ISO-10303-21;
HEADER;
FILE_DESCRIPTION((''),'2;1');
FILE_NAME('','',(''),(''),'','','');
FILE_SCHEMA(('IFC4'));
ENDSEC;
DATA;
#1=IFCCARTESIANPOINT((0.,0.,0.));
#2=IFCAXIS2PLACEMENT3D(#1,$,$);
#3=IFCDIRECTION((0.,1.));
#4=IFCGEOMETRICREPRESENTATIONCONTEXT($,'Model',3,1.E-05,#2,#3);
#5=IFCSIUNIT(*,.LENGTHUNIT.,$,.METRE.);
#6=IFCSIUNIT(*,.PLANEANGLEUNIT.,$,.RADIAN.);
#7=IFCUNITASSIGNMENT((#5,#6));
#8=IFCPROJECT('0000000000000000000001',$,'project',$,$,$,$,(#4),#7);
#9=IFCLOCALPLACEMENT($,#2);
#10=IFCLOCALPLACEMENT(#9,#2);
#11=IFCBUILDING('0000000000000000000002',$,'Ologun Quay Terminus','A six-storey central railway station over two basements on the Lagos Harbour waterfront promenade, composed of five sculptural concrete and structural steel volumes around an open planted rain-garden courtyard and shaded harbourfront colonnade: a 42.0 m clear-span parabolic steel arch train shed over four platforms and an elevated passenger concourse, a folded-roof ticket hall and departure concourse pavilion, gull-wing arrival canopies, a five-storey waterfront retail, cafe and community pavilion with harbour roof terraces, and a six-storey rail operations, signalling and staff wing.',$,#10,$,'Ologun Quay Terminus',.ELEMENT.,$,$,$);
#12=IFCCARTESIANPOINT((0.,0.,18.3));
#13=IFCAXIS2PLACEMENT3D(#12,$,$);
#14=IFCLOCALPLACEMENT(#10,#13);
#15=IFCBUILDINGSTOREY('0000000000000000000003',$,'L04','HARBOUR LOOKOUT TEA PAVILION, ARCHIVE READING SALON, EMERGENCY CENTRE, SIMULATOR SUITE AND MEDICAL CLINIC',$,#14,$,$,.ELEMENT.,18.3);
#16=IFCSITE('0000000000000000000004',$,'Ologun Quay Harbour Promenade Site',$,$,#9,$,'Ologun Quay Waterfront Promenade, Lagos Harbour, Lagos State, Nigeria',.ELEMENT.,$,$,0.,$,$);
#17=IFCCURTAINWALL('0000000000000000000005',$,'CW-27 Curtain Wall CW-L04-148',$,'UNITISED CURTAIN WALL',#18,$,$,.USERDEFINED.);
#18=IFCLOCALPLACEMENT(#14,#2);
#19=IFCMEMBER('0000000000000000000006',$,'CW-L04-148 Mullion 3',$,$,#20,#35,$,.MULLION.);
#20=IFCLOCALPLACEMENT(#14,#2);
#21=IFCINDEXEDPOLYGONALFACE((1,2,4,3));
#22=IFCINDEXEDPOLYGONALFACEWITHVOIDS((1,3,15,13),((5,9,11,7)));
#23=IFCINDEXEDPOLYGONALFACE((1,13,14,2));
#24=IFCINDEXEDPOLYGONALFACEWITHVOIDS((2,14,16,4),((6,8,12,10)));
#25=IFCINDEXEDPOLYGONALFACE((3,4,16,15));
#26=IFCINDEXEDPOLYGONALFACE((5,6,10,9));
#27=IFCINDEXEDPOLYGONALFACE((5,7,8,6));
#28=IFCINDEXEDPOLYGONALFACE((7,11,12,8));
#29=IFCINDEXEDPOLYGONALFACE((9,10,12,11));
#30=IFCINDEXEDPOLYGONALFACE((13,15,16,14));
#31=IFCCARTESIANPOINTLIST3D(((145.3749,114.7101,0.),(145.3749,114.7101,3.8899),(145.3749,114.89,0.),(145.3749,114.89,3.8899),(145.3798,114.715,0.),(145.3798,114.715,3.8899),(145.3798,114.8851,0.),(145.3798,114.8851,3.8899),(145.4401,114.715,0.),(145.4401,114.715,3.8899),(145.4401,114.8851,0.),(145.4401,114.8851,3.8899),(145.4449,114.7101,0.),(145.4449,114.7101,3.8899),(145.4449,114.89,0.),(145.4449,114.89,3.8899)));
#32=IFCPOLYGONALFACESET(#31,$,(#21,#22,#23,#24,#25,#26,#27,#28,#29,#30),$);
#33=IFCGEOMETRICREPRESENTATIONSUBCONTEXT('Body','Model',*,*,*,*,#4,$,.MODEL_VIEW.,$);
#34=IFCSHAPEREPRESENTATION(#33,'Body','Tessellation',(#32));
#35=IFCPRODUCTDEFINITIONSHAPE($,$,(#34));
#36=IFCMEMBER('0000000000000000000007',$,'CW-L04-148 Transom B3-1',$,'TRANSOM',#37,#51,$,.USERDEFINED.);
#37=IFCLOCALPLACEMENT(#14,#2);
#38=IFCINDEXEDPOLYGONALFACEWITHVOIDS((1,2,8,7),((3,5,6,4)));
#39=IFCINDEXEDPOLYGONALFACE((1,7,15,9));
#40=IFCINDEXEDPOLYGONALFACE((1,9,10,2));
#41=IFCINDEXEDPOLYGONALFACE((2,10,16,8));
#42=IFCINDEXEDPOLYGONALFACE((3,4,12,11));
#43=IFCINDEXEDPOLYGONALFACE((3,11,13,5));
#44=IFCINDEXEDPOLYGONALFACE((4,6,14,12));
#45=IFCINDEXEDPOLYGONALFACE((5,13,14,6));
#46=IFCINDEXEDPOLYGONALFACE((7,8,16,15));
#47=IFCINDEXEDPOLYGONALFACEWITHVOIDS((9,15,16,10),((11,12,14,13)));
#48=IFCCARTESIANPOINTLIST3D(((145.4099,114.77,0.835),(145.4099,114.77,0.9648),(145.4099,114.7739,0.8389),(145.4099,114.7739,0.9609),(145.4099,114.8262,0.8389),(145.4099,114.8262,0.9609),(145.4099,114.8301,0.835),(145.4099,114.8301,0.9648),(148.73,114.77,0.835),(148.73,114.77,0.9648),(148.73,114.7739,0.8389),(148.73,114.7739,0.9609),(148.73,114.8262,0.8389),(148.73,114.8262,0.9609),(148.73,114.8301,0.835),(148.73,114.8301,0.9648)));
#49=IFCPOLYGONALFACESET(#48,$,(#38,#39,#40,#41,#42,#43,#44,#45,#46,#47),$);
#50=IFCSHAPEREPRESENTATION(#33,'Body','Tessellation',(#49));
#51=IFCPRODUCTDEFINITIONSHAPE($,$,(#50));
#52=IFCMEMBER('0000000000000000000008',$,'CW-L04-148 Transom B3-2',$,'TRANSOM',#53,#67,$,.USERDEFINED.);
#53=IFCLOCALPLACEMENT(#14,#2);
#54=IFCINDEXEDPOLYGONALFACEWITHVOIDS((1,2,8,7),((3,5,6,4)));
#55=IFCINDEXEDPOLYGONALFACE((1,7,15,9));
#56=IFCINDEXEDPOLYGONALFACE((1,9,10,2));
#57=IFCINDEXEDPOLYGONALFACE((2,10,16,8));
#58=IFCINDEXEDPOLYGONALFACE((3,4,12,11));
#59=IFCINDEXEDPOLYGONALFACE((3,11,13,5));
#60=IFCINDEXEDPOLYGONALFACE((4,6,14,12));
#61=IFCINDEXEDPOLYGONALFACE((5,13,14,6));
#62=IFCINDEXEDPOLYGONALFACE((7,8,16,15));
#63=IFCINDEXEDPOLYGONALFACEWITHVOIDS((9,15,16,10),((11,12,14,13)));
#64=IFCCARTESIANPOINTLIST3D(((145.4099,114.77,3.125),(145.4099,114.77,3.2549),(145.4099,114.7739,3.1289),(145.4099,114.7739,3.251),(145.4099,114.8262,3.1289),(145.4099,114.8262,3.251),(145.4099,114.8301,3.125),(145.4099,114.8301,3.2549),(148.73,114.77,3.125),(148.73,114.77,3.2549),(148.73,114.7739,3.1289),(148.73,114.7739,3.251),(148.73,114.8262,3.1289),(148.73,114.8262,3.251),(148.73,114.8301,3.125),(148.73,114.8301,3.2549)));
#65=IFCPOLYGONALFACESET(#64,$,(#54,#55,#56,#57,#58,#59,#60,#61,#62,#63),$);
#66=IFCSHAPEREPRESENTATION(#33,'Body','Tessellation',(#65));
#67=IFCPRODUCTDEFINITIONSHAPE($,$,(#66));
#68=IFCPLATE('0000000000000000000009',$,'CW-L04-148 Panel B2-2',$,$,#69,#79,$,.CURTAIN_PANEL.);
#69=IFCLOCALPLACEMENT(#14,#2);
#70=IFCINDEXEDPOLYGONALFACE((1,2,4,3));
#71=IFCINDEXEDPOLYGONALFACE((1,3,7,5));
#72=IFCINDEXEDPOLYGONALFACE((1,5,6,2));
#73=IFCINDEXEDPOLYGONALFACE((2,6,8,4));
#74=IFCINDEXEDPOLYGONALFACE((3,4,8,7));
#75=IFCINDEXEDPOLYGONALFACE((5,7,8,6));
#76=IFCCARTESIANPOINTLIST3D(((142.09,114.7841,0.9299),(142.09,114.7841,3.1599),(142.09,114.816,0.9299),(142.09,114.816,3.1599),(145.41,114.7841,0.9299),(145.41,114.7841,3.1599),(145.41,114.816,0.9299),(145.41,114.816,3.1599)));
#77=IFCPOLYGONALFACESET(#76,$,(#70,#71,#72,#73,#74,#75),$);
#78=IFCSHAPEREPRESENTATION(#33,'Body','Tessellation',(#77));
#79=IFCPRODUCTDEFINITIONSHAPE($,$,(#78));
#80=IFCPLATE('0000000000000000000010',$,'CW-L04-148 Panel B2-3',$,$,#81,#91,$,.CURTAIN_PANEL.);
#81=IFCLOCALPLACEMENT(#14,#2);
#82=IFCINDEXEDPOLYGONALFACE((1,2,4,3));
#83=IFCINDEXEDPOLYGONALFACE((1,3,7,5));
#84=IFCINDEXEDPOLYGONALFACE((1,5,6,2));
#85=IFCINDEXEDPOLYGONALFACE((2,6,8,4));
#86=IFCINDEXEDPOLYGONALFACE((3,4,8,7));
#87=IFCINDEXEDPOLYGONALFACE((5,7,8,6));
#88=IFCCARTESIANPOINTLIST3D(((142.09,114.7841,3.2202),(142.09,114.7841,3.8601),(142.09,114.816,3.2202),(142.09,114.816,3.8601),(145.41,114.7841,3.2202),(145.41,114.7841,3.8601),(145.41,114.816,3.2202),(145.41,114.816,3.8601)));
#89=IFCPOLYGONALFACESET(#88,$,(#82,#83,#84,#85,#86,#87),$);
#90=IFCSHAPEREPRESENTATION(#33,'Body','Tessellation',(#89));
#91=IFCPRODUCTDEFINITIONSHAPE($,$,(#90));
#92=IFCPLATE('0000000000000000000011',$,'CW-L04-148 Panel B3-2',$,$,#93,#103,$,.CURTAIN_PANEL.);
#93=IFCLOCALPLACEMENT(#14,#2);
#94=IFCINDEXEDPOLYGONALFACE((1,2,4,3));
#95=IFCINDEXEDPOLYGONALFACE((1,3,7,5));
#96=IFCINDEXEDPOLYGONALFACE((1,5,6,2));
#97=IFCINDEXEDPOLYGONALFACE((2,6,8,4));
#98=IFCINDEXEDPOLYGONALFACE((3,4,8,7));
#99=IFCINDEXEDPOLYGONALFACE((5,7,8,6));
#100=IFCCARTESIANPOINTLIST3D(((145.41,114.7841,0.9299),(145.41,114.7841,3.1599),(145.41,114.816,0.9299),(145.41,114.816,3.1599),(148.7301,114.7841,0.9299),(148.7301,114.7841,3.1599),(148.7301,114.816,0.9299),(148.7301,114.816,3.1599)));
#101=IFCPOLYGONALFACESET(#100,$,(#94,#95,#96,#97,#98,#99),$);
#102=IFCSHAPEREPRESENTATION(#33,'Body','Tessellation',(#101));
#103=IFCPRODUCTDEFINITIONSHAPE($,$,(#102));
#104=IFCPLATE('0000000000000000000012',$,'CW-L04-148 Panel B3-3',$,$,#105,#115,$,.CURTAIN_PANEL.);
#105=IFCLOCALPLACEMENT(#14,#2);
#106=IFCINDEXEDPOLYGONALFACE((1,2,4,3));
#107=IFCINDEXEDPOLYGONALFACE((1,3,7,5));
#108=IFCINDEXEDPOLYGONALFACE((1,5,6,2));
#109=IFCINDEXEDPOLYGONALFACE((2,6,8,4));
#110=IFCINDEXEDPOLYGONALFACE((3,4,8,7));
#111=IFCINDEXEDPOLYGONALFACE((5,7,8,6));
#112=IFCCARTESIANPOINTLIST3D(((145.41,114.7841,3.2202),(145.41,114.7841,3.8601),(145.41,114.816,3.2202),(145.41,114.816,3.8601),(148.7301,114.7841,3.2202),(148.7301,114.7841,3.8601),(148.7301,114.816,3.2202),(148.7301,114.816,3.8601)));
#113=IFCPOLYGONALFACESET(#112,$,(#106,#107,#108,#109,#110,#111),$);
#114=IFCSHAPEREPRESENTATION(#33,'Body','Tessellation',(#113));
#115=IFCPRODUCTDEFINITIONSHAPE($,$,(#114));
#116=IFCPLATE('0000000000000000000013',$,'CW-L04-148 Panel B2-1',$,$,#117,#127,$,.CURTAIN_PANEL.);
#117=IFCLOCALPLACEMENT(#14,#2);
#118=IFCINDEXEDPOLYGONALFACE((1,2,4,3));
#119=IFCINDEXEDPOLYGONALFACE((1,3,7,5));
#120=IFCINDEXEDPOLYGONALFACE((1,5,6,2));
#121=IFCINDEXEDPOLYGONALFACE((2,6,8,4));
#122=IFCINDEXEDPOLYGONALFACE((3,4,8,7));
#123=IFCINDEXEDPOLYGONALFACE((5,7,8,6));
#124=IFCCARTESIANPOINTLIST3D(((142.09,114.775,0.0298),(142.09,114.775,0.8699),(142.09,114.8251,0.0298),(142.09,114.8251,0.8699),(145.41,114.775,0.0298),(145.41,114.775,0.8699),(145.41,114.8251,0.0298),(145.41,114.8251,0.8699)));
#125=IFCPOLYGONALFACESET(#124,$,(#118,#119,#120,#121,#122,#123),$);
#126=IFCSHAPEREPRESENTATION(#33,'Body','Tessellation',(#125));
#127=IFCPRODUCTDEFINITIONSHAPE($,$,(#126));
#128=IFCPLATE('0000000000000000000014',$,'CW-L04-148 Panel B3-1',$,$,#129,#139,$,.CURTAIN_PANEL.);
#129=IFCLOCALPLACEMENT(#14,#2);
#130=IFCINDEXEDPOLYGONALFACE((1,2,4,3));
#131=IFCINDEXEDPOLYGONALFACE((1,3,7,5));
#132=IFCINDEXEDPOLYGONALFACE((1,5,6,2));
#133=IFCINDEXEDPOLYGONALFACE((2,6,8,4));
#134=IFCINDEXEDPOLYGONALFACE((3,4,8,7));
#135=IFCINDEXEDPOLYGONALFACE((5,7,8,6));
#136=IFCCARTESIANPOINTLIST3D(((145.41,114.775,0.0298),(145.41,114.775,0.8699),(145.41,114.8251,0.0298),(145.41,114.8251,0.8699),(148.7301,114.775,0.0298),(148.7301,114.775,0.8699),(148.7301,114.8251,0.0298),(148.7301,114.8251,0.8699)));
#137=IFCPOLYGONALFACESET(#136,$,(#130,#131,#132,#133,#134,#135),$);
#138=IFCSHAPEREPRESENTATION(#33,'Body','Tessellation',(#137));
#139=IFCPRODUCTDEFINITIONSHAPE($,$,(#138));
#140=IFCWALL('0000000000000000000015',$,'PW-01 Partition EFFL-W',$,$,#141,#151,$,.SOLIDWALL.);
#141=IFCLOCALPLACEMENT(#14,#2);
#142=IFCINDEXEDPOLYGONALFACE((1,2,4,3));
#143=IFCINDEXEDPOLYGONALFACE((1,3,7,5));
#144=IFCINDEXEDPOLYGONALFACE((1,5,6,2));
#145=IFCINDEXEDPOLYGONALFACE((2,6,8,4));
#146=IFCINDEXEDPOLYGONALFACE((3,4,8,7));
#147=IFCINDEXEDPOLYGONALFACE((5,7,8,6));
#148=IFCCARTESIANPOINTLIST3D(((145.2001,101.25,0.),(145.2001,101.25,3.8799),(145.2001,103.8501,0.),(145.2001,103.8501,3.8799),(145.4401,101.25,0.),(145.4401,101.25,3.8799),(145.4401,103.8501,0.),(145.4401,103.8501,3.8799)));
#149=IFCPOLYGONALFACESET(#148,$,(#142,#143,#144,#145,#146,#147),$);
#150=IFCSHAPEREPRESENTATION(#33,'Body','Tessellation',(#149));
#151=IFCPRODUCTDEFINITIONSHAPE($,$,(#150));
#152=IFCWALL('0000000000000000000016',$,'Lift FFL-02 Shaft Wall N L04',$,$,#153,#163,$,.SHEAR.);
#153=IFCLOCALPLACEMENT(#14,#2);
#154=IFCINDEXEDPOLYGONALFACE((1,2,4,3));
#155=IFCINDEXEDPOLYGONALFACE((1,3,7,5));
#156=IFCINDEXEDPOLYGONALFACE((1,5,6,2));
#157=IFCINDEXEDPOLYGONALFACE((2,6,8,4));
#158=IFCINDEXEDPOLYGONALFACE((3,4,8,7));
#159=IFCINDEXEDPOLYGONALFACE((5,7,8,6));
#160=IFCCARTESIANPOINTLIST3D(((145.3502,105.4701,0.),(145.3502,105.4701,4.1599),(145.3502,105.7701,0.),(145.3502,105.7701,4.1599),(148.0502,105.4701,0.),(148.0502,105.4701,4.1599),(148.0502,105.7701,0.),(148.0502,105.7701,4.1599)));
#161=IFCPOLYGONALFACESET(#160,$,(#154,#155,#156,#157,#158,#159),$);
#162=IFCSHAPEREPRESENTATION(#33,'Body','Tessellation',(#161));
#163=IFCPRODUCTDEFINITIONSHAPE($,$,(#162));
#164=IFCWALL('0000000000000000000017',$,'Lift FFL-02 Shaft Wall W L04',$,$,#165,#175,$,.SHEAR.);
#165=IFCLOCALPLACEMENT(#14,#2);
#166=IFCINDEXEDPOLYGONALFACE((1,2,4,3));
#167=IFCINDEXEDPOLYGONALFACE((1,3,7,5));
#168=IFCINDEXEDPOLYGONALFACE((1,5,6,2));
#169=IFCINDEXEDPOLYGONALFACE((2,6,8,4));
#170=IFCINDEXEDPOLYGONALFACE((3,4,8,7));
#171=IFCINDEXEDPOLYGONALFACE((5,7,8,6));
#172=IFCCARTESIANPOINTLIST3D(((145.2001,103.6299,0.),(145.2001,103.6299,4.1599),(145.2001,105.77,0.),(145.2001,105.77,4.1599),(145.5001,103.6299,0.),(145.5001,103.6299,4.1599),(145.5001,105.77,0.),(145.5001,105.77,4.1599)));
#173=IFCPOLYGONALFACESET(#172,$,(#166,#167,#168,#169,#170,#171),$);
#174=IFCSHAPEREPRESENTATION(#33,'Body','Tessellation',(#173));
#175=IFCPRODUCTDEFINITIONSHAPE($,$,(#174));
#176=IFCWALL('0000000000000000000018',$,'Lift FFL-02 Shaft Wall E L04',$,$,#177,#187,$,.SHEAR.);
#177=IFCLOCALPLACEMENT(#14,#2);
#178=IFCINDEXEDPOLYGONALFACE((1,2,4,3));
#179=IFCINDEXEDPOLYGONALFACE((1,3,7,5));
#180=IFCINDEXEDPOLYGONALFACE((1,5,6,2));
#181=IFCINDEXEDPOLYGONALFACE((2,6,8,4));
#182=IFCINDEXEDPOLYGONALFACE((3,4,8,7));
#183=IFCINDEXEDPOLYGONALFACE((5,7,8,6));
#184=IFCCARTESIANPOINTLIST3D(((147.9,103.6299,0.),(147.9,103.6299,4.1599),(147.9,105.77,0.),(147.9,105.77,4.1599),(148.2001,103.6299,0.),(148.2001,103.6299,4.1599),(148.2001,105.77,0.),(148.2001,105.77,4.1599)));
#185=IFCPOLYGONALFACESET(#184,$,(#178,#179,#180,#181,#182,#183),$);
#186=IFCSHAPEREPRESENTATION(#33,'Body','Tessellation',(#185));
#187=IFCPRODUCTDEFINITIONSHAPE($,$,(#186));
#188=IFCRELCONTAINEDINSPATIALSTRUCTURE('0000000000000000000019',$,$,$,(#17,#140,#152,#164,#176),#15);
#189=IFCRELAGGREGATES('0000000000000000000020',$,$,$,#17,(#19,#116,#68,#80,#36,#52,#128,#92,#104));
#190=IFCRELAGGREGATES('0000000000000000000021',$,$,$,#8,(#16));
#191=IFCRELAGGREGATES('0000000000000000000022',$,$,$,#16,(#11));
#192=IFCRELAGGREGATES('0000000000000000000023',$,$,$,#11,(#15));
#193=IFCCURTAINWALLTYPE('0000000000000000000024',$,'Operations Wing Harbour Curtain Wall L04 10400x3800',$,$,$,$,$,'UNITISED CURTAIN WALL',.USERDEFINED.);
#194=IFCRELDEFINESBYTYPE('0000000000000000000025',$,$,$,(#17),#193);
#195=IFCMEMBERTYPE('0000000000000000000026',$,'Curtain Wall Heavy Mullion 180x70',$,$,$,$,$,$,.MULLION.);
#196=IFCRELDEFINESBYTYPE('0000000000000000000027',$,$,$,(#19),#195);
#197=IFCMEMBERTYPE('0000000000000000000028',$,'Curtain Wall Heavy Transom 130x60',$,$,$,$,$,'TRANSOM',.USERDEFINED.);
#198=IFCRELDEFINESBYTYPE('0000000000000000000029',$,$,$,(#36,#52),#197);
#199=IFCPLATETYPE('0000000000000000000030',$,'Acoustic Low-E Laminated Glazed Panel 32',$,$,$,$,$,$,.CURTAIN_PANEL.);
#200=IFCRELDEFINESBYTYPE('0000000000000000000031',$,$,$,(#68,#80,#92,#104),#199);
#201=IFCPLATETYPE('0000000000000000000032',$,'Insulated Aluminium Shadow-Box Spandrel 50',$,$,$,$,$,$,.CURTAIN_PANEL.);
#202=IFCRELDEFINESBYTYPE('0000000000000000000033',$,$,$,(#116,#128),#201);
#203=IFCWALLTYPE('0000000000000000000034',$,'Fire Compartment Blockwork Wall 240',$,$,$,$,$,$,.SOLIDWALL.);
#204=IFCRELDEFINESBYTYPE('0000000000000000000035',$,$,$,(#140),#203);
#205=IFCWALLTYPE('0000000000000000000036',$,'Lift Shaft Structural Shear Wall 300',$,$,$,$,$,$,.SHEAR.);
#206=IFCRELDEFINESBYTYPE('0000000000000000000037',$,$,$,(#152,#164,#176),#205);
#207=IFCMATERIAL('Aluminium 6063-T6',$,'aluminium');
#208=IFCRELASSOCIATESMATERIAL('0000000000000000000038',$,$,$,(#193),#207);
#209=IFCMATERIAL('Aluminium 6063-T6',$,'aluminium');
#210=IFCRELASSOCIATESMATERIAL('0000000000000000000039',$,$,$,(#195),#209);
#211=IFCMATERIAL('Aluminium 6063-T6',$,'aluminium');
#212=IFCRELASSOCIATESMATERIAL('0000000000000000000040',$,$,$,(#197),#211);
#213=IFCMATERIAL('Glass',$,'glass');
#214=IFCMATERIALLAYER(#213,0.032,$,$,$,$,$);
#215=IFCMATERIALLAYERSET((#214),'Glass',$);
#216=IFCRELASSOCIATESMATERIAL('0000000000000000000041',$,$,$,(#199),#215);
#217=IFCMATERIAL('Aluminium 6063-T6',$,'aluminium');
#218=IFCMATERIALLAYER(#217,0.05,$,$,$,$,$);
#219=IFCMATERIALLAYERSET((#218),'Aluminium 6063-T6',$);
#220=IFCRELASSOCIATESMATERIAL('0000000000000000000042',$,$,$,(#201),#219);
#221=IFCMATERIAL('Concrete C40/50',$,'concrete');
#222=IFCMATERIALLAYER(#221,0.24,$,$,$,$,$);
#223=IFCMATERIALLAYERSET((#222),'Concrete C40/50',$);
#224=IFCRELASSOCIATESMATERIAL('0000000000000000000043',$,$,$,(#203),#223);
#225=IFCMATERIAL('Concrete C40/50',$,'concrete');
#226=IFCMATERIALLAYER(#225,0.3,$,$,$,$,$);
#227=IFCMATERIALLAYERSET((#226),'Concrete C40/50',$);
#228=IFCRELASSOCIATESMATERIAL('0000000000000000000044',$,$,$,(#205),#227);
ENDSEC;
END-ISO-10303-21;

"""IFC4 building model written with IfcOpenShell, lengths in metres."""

from ifc_helpers import new_model, si_unit, direction, frame, frame_2d, origin, origin_2d, place, context, subcontext, project, spatial, rectangle, hollow_rectangle, extrude, material, layer, layer_set, material_profile, profile_set, type_object, element, aggregate, save


model = new_model("IFC4")

# Units and contexts
model_context = context("Model", 3, precision=1e-05, world=origin(), true_north=direction((0.0, 1.0)))
body_context = subcontext(model_context, "Body", "Model", "MODEL_VIEW")
ifc_project = project(units=[si_unit("LENGTHUNIT", "METRE"), si_unit("PLANEANGLEUNIT", "RADIAN")], contexts=[model_context])

# Site, building, storey
site_placement = place(None, origin())
site = spatial("IfcSite", under=ifc_project, at=site_placement, Name="Ologun Quay Harbour Promenade Site", LongName="Ologun Quay Waterfront Promenade, Lagos Harbour, Lagos State, Nigeria", CompositionType="ELEMENT", RefElevation=0.0)
building_placement = place(site_placement, origin())
building = spatial("IfcBuilding", under=site, at=building_placement, Name="Ologun Quay Terminus", Description="A six-storey central railway station over two basements on the Lagos Harbour waterfront promenade, composed of five sculptural concrete and structural steel volumes around an open planted rain-garden courtyard and shaded harbourfront colonnade: a 42.0 m clear-span parabolic steel arch train shed over four platforms and an elevated passenger concourse, a folded-roof ticket hall and departure concourse pavilion, gull-wing arrival canopies, a five-storey waterfront retail, cafe and community pavilion with harbour roof terraces, and a six-storey rail operations, signalling and staff wing.", LongName="Ologun Quay Terminus", CompositionType="ELEMENT")
storey_placement = place(building_placement, frame((0.0, 0.0, 18.3)))
storey = spatial("IfcBuildingStorey", under=building, at=storey_placement, Name="L04", Description="HARBOUR LOOKOUT TEA PAVILION, ARCHIVE READING SALON, EMERGENCY CENTRE, SIMULATOR SUITE AND MEDICAL CLINIC", CompositionType="ELEMENT", Elevation=18.3)

# Curtain wall, members, plates
ifc_material_1 = material(Name="Aluminium 6063-T6", Category="aluminium")
curtain_wall_type = type_object("IfcCurtainWallType", Name="Operations Wing Harbour Curtain Wall L04 10400x3800", ElementType="UNITISED CURTAIN WALL", PredefinedType="USERDEFINED", material=ifc_material_1)
curtain_wall_placement = place(storey_placement, origin())
curtain_wall = element("IfcCurtainWall", 1, at=curtain_wall_placement, inside=storey, type_object=curtain_wall_type, Name="CW-27 Curtain Wall CW-L04-148", ObjectType="UNITISED CURTAIN WALL", PredefinedType="USERDEFINED")
ifc_material_2 = material(Name="Aluminium 6063-T6", Category="aluminium")
ifc_material_profile_1 = material_profile(ifc_material_2, hollow_rectangle(XDim=0.0701, YDim=0.1799, WallThickness=0.0049, at=origin_2d()), Name="ALU 180x70x5")
ifc_profile_set_1 = profile_set([ifc_material_profile_1], Name="Aluminium 6063-T6")
member_type_1 = type_object("IfcMemberType", Name="Curtain Wall Heavy Mullion 180x70", PredefinedType="MULLION", material=ifc_profile_set_1)
member_1_placement = place(storey_placement, frame((145.4099, 114.8, 0.0), z_axis=(0.0, 0.0, 1.0), x_axis=(1.0, 0.0, 0.0)))
member_1 = element("IfcMember", 2, at=member_1_placement, type_object=member_type_1, Name="CW-L04-148 Mullion 3", PredefinedType="MULLION", context=body_context, shape_type="SweptSolid", body=[
    extrude(hollow_rectangle(XDim=0.0701, YDim=0.1799, WallThickness=0.0049, at=origin_2d()), origin(), (0.0, 0.0, 1.0), 3.8899),
])
ifc_material_3 = material(Name="Aluminium 6063-T6", Category="aluminium")
ifc_material_profile_2 = material_profile(ifc_material_3, hollow_rectangle(XDim=0.0601, YDim=0.1299, WallThickness=0.0039, at=origin_2d()), Name="ALU 130x60x4")
ifc_profile_set_2 = profile_set([ifc_material_profile_2], Name="Aluminium 6063-T6")
member_type_2 = type_object("IfcMemberType", Name="Curtain Wall Heavy Transom 130x60", ElementType="TRANSOM", PredefinedType="USERDEFINED", material=ifc_profile_set_2)
member_2_placement = place(storey_placement, frame((145.4099, 114.8, 0.8999), z_axis=(1.0, 0.0, 0.0), x_axis=(0.0, 1.0, 0.0)))
member_2 = element("IfcMember", 3, at=member_2_placement, type_object=member_type_2, Name="CW-L04-148 Transom B3-1", ObjectType="TRANSOM", PredefinedType="USERDEFINED", context=body_context, shape_type="SweptSolid", body=[
    extrude(hollow_rectangle(XDim=0.0601, YDim=0.1299, WallThickness=0.0039, at=origin_2d()), origin(), (0.0, 0.0, 1.0), 3.3201),
])
member_3_placement = place(storey_placement, frame((145.4099, 114.8, 3.1899), z_axis=(1.0, 0.0, 0.0), x_axis=(0.0, 1.0, 0.0)))
member_3 = element("IfcMember", 4, at=member_3_placement, type_object=member_type_2, Name="CW-L04-148 Transom B3-2", ObjectType="TRANSOM", PredefinedType="USERDEFINED", context=body_context, shape_type="SweptSolid", body=[
    extrude(hollow_rectangle(XDim=0.0601, YDim=0.1299, WallThickness=0.0039, at=origin_2d()), origin(), (0.0, 0.0, 1.0), 3.3201),
])
ifc_material_4 = material(Name="Glass", Category="glass")
ifc_layer_1 = layer(ifc_material_4, 0.032)
ifc_layer_set_1 = layer_set([ifc_layer_1], Name="Glass")
plate_type_1 = type_object("IfcPlateType", Name="Acoustic Low-E Laminated Glazed Panel 32", PredefinedType="CURTAIN_PANEL", material=ifc_layer_set_1)
plate_1_placement = place(storey_placement, frame((143.75, 114.8, 0.9299), z_axis=(0.0, 0.0, 1.0), x_axis=(1.0, 0.0, 0.0)))
plate_1 = element("IfcPlate", 5, at=plate_1_placement, type_object=plate_type_1, Name="CW-L04-148 Panel B2-2", PredefinedType="CURTAIN_PANEL", context=body_context, shape_type="SweptSolid", body=[
    extrude(rectangle(XDim=3.3201, YDim=0.032, at=origin_2d()), origin(), (0.0, 0.0, 1.0), 2.23),
])
plate_2_placement = place(storey_placement, frame((143.75, 114.8, 3.2202), z_axis=(0.0, 0.0, 1.0), x_axis=(1.0, 0.0, 0.0)))
plate_2 = element("IfcPlate", 6, at=plate_2_placement, type_object=plate_type_1, Name="CW-L04-148 Panel B2-3", PredefinedType="CURTAIN_PANEL", context=body_context, shape_type="SweptSolid", body=[
    extrude(rectangle(XDim=3.3201, YDim=0.032, at=origin_2d()), origin(), (0.0, 0.0, 1.0), 0.6399),
])
plate_3_placement = place(storey_placement, frame((147.0701, 114.8, 0.9299), z_axis=(0.0, 0.0, 1.0), x_axis=(1.0, 0.0, 0.0)))
plate_3 = element("IfcPlate", 7, at=plate_3_placement, type_object=plate_type_1, Name="CW-L04-148 Panel B3-2", PredefinedType="CURTAIN_PANEL", context=body_context, shape_type="SweptSolid", body=[
    extrude(rectangle(XDim=3.3201, YDim=0.032, at=origin_2d()), origin(), (0.0, 0.0, 1.0), 2.23),
])
plate_4_placement = place(storey_placement, frame((147.0701, 114.8, 3.2202), z_axis=(0.0, 0.0, 1.0), x_axis=(1.0, 0.0, 0.0)))
plate_4 = element("IfcPlate", 8, at=plate_4_placement, type_object=plate_type_1, Name="CW-L04-148 Panel B3-3", PredefinedType="CURTAIN_PANEL", context=body_context, shape_type="SweptSolid", body=[
    extrude(rectangle(XDim=3.3201, YDim=0.032, at=origin_2d()), origin(), (0.0, 0.0, 1.0), 0.6399),
])
ifc_material_5 = material(Name="Aluminium 6063-T6", Category="aluminium")
ifc_layer_2 = layer(ifc_material_5, 0.05)
ifc_layer_set_2 = layer_set([ifc_layer_2], Name="Aluminium 6063-T6")
plate_type_2 = type_object("IfcPlateType", Name="Insulated Aluminium Shadow-Box Spandrel 50", PredefinedType="CURTAIN_PANEL", material=ifc_layer_set_2)
plate_5_placement = place(storey_placement, frame((143.75, 114.8, 0.0298), z_axis=(0.0, 0.0, 1.0), x_axis=(1.0, 0.0, 0.0)))
plate_5 = element("IfcPlate", 9, at=plate_5_placement, type_object=plate_type_2, Name="CW-L04-148 Panel B2-1", PredefinedType="CURTAIN_PANEL", context=body_context, shape_type="SweptSolid", body=[
    extrude(rectangle(XDim=3.3201, YDim=0.05, at=origin_2d()), origin(), (0.0, 0.0, 1.0), 0.8401),
])
plate_6_placement = place(storey_placement, frame((147.0701, 114.8, 0.0298), z_axis=(0.0, 0.0, 1.0), x_axis=(1.0, 0.0, 0.0)))
plate_6 = element("IfcPlate", 10, at=plate_6_placement, type_object=plate_type_2, Name="CW-L04-148 Panel B3-1", PredefinedType="CURTAIN_PANEL", context=body_context, shape_type="SweptSolid", body=[
    extrude(rectangle(XDim=3.3201, YDim=0.05, at=origin_2d()), origin(), (0.0, 0.0, 1.0), 0.8401),
])
aggregate(curtain_wall, [member_1, plate_5, plate_1, plate_2, member_2, member_3, plate_6, plate_3, plate_4])

# Shared definitions
ifc_material_6 = material(Name="Concrete C40/50", Category="concrete")
ifc_layer_3 = layer(ifc_material_6, 0.24)
ifc_layer_set_3 = layer_set([ifc_layer_3], Name="Concrete C40/50")
wall_type_1 = type_object("IfcWallType", Name="Fire Compartment Blockwork Wall 240", PredefinedType="SOLIDWALL", material=ifc_layer_set_3)

# Wall
wall_1_placement = place(storey_placement, frame((145.3201, 101.25, 0.0), z_axis=(0.0, 0.0, 1.0), x_axis=(0.0, 1.0, 0.0)))
element("IfcWall", 11, at=wall_1_placement, inside=storey, type_object=wall_type_1, Name="PW-01 Partition EFFL-W", PredefinedType="SOLIDWALL", context=body_context, shape_type="SweptSolid", body=[
    extrude(rectangle(XDim=2.6001, YDim=0.24, at=frame_2d((1.3, 0.0))), origin(), (0.0, 0.0, 1.0), 3.8799),
])

# Shared definitions
ifc_material_7 = material(Name="Concrete C40/50", Category="concrete")
ifc_layer_4 = layer(ifc_material_7, 0.3)
ifc_layer_set_4 = layer_set([ifc_layer_4], Name="Concrete C40/50")
wall_type_2 = type_object("IfcWallType", Name="Lift Shaft Structural Shear Wall 300", PredefinedType="SHEAR", material=ifc_layer_set_4)

# Walls
wall_2_placement = place(storey_placement, frame((145.3501, 105.6201, 0.0), z_axis=(0.0, 0.0, 1.0), x_axis=(1.0, 0.0, 0.0)))
element("IfcWall", 12, at=wall_2_placement, inside=storey, type_object=wall_type_2, Name="Lift FFL-02 Shaft Wall N L04", PredefinedType="SHEAR", context=body_context, shape_type="SweptSolid", body=[
    extrude(rectangle(XDim=2.7, YDim=0.3, at=frame_2d((1.3501, 0.0))), origin(), (0.0, 0.0, 1.0), 4.1599),
])
for number, where, z_axis, x_axis, name in (
    (13, (145.3501, 103.6299, 0.0), (0.0, 0.0, 1.0), (0.0, 1.0, 0.0), "Lift FFL-02 Shaft Wall W L04"),
    (14, (148.05, 103.6299, 0.0), (0.0, 0.0, 1.0), (0.0, 1.0, 0.0), "Lift FFL-02 Shaft Wall E L04"),
):
    element("IfcWall", number, at=place(storey_placement, frame(where, z_axis=z_axis, x_axis=x_axis)), inside=storey, type_object=wall_type_2, Name=name, PredefinedType="SHEAR", context=body_context, shape_type="SweptSolid", body=[
        extrude(rectangle(XDim=2.1401, YDim=0.3, at=frame_2d((1.0701, 0.0))), origin(), (0.0, 0.0, 1.0), 4.1599),
    ])

save(model, "model.ifc")
